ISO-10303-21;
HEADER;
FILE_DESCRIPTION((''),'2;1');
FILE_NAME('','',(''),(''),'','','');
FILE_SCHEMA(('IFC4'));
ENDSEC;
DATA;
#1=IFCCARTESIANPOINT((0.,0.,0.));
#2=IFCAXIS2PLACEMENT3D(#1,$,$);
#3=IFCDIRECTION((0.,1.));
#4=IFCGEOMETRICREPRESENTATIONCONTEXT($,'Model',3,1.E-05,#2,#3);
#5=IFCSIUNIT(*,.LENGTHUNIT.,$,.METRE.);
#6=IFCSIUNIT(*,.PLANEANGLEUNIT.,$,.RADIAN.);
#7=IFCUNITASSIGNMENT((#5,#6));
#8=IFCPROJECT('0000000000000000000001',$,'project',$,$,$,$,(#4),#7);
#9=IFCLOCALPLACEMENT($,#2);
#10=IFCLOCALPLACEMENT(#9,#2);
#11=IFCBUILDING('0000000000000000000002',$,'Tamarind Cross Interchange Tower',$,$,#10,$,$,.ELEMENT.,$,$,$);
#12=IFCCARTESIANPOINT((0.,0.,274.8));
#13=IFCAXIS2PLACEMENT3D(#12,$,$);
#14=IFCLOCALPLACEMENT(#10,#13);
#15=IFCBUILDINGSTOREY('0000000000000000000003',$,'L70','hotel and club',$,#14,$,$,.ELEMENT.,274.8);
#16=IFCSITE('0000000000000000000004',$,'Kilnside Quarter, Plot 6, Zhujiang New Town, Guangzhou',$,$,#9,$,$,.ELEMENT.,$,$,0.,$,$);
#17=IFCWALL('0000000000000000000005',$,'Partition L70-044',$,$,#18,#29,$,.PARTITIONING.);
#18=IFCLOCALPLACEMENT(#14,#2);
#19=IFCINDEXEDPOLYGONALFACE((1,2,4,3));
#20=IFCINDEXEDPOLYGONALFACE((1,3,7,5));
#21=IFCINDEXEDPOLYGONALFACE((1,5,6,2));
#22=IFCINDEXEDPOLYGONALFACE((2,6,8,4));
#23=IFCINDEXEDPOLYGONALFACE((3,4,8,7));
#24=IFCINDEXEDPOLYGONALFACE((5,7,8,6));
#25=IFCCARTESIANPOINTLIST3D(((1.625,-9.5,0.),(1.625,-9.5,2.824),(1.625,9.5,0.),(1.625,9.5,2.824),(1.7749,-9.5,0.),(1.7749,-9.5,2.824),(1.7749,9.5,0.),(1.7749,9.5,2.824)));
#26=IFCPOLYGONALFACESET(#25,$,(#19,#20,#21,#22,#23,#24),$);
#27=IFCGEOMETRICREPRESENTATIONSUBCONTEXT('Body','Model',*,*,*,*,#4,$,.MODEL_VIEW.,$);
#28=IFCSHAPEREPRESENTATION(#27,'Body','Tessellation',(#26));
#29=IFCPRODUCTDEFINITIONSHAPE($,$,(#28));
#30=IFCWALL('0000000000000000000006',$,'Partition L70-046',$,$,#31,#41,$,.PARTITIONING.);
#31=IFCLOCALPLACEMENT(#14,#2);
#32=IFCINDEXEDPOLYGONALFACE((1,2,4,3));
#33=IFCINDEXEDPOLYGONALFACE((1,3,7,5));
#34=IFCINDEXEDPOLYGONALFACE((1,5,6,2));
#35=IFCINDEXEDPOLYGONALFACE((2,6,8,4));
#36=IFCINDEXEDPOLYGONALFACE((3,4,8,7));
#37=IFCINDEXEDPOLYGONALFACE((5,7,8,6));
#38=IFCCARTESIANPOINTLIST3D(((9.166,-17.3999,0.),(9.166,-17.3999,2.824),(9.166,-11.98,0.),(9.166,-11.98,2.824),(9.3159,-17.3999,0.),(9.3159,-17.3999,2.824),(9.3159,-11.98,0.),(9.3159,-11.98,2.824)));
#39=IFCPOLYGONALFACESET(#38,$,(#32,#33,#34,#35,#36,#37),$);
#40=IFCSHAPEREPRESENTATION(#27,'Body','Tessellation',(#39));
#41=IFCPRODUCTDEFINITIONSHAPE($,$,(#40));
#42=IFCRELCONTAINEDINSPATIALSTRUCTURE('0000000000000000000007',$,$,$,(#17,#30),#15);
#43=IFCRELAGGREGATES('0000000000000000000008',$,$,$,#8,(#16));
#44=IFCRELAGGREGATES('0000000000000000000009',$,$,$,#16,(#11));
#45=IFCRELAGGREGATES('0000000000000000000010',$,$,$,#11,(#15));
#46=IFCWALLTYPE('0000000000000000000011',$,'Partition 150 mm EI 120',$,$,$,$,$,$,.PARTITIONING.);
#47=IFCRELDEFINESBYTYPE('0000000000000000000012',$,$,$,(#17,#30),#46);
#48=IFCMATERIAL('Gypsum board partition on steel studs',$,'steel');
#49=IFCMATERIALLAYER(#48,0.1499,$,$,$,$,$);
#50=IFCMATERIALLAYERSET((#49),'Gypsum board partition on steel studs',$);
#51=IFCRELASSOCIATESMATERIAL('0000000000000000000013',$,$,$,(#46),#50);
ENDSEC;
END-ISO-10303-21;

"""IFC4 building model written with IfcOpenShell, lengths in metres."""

from ifc_helpers import new_model, si_unit, direction, frame, frame_2d, origin, place, context, subcontext, project, spatial, rectangle, extrude, material, layer, layer_set, type_object, element, save


model = new_model("IFC4")

# Units and contexts
model_context = context("Model", 3, precision=1e-05, world=origin(), true_north=direction((0.0, 1.0)))
body_context = subcontext(model_context, "Body", "Model", "MODEL_VIEW")
ifc_project = project(units=[si_unit("LENGTHUNIT", "METRE"), si_unit("PLANEANGLEUNIT", "RADIAN")], contexts=[model_context])

# Site, building, storey
site_placement = place(None, origin())
site = spatial("IfcSite", under=ifc_project, at=site_placement, Name="Kilnside Quarter, Plot 6, Zhujiang New Town, Guangzhou", CompositionType="ELEMENT", RefElevation=0.0)
building_placement = place(site_placement, origin())
building = spatial("IfcBuilding", under=site, at=building_placement, Name="Tamarind Cross Interchange Tower", CompositionType="ELEMENT")
storey_placement = place(building_placement, frame((0.0, 0.0, 274.8)))
storey = spatial("IfcBuildingStorey", under=building, at=storey_placement, Name="L70", Description="hotel and club", CompositionType="ELEMENT", Elevation=274.8)

# Walls
ifc_material_1 = material(Name="Gypsum board partition on steel studs", Category="steel")
ifc_layer_1 = layer(ifc_material_1, 0.1499)
ifc_layer_set_1 = layer_set([ifc_layer_1], Name="Gypsum board partition on steel studs")
wall_type_1 = type_object("IfcWallType", Name="Partition 150 mm EI 120", PredefinedType="PARTITIONING", material=ifc_layer_set_1)
wall_1_placement = place(storey_placement, frame((1.7, -9.5, 0.0), z_axis=(0.0, 0.0, 1.0), x_axis=(0.0, 1.0, 0.0)))
element("IfcWall", 1, at=wall_1_placement, inside=storey, type_object=wall_type_1, Name="Partition L70-044", PredefinedType="PARTITIONING", context=body_context, shape_type="SweptSolid", body=[
    extrude(rectangle(XDim=19.0, YDim=0.1499, at=frame_2d((9.5, 0.0))), origin(), (0.0, 0.0, 1.0), 2.824),
])
wall_2_placement = place(storey_placement, frame((9.241, -17.3999, 0.0), z_axis=(0.0, 0.0, 1.0), x_axis=(0.0, 1.0, 0.0)))
element("IfcWall", 2, at=wall_2_placement, inside=storey, type_object=wall_type_1, Name="Partition L70-046", PredefinedType="PARTITIONING", context=body_context, shape_type="SweptSolid", body=[
    extrude(rectangle(XDim=5.4199, YDim=0.1499, at=frame_2d((2.71, 0.0))), origin(), (0.0, 0.0, 1.0), 2.824),
])

save(model, "model.ifc")
